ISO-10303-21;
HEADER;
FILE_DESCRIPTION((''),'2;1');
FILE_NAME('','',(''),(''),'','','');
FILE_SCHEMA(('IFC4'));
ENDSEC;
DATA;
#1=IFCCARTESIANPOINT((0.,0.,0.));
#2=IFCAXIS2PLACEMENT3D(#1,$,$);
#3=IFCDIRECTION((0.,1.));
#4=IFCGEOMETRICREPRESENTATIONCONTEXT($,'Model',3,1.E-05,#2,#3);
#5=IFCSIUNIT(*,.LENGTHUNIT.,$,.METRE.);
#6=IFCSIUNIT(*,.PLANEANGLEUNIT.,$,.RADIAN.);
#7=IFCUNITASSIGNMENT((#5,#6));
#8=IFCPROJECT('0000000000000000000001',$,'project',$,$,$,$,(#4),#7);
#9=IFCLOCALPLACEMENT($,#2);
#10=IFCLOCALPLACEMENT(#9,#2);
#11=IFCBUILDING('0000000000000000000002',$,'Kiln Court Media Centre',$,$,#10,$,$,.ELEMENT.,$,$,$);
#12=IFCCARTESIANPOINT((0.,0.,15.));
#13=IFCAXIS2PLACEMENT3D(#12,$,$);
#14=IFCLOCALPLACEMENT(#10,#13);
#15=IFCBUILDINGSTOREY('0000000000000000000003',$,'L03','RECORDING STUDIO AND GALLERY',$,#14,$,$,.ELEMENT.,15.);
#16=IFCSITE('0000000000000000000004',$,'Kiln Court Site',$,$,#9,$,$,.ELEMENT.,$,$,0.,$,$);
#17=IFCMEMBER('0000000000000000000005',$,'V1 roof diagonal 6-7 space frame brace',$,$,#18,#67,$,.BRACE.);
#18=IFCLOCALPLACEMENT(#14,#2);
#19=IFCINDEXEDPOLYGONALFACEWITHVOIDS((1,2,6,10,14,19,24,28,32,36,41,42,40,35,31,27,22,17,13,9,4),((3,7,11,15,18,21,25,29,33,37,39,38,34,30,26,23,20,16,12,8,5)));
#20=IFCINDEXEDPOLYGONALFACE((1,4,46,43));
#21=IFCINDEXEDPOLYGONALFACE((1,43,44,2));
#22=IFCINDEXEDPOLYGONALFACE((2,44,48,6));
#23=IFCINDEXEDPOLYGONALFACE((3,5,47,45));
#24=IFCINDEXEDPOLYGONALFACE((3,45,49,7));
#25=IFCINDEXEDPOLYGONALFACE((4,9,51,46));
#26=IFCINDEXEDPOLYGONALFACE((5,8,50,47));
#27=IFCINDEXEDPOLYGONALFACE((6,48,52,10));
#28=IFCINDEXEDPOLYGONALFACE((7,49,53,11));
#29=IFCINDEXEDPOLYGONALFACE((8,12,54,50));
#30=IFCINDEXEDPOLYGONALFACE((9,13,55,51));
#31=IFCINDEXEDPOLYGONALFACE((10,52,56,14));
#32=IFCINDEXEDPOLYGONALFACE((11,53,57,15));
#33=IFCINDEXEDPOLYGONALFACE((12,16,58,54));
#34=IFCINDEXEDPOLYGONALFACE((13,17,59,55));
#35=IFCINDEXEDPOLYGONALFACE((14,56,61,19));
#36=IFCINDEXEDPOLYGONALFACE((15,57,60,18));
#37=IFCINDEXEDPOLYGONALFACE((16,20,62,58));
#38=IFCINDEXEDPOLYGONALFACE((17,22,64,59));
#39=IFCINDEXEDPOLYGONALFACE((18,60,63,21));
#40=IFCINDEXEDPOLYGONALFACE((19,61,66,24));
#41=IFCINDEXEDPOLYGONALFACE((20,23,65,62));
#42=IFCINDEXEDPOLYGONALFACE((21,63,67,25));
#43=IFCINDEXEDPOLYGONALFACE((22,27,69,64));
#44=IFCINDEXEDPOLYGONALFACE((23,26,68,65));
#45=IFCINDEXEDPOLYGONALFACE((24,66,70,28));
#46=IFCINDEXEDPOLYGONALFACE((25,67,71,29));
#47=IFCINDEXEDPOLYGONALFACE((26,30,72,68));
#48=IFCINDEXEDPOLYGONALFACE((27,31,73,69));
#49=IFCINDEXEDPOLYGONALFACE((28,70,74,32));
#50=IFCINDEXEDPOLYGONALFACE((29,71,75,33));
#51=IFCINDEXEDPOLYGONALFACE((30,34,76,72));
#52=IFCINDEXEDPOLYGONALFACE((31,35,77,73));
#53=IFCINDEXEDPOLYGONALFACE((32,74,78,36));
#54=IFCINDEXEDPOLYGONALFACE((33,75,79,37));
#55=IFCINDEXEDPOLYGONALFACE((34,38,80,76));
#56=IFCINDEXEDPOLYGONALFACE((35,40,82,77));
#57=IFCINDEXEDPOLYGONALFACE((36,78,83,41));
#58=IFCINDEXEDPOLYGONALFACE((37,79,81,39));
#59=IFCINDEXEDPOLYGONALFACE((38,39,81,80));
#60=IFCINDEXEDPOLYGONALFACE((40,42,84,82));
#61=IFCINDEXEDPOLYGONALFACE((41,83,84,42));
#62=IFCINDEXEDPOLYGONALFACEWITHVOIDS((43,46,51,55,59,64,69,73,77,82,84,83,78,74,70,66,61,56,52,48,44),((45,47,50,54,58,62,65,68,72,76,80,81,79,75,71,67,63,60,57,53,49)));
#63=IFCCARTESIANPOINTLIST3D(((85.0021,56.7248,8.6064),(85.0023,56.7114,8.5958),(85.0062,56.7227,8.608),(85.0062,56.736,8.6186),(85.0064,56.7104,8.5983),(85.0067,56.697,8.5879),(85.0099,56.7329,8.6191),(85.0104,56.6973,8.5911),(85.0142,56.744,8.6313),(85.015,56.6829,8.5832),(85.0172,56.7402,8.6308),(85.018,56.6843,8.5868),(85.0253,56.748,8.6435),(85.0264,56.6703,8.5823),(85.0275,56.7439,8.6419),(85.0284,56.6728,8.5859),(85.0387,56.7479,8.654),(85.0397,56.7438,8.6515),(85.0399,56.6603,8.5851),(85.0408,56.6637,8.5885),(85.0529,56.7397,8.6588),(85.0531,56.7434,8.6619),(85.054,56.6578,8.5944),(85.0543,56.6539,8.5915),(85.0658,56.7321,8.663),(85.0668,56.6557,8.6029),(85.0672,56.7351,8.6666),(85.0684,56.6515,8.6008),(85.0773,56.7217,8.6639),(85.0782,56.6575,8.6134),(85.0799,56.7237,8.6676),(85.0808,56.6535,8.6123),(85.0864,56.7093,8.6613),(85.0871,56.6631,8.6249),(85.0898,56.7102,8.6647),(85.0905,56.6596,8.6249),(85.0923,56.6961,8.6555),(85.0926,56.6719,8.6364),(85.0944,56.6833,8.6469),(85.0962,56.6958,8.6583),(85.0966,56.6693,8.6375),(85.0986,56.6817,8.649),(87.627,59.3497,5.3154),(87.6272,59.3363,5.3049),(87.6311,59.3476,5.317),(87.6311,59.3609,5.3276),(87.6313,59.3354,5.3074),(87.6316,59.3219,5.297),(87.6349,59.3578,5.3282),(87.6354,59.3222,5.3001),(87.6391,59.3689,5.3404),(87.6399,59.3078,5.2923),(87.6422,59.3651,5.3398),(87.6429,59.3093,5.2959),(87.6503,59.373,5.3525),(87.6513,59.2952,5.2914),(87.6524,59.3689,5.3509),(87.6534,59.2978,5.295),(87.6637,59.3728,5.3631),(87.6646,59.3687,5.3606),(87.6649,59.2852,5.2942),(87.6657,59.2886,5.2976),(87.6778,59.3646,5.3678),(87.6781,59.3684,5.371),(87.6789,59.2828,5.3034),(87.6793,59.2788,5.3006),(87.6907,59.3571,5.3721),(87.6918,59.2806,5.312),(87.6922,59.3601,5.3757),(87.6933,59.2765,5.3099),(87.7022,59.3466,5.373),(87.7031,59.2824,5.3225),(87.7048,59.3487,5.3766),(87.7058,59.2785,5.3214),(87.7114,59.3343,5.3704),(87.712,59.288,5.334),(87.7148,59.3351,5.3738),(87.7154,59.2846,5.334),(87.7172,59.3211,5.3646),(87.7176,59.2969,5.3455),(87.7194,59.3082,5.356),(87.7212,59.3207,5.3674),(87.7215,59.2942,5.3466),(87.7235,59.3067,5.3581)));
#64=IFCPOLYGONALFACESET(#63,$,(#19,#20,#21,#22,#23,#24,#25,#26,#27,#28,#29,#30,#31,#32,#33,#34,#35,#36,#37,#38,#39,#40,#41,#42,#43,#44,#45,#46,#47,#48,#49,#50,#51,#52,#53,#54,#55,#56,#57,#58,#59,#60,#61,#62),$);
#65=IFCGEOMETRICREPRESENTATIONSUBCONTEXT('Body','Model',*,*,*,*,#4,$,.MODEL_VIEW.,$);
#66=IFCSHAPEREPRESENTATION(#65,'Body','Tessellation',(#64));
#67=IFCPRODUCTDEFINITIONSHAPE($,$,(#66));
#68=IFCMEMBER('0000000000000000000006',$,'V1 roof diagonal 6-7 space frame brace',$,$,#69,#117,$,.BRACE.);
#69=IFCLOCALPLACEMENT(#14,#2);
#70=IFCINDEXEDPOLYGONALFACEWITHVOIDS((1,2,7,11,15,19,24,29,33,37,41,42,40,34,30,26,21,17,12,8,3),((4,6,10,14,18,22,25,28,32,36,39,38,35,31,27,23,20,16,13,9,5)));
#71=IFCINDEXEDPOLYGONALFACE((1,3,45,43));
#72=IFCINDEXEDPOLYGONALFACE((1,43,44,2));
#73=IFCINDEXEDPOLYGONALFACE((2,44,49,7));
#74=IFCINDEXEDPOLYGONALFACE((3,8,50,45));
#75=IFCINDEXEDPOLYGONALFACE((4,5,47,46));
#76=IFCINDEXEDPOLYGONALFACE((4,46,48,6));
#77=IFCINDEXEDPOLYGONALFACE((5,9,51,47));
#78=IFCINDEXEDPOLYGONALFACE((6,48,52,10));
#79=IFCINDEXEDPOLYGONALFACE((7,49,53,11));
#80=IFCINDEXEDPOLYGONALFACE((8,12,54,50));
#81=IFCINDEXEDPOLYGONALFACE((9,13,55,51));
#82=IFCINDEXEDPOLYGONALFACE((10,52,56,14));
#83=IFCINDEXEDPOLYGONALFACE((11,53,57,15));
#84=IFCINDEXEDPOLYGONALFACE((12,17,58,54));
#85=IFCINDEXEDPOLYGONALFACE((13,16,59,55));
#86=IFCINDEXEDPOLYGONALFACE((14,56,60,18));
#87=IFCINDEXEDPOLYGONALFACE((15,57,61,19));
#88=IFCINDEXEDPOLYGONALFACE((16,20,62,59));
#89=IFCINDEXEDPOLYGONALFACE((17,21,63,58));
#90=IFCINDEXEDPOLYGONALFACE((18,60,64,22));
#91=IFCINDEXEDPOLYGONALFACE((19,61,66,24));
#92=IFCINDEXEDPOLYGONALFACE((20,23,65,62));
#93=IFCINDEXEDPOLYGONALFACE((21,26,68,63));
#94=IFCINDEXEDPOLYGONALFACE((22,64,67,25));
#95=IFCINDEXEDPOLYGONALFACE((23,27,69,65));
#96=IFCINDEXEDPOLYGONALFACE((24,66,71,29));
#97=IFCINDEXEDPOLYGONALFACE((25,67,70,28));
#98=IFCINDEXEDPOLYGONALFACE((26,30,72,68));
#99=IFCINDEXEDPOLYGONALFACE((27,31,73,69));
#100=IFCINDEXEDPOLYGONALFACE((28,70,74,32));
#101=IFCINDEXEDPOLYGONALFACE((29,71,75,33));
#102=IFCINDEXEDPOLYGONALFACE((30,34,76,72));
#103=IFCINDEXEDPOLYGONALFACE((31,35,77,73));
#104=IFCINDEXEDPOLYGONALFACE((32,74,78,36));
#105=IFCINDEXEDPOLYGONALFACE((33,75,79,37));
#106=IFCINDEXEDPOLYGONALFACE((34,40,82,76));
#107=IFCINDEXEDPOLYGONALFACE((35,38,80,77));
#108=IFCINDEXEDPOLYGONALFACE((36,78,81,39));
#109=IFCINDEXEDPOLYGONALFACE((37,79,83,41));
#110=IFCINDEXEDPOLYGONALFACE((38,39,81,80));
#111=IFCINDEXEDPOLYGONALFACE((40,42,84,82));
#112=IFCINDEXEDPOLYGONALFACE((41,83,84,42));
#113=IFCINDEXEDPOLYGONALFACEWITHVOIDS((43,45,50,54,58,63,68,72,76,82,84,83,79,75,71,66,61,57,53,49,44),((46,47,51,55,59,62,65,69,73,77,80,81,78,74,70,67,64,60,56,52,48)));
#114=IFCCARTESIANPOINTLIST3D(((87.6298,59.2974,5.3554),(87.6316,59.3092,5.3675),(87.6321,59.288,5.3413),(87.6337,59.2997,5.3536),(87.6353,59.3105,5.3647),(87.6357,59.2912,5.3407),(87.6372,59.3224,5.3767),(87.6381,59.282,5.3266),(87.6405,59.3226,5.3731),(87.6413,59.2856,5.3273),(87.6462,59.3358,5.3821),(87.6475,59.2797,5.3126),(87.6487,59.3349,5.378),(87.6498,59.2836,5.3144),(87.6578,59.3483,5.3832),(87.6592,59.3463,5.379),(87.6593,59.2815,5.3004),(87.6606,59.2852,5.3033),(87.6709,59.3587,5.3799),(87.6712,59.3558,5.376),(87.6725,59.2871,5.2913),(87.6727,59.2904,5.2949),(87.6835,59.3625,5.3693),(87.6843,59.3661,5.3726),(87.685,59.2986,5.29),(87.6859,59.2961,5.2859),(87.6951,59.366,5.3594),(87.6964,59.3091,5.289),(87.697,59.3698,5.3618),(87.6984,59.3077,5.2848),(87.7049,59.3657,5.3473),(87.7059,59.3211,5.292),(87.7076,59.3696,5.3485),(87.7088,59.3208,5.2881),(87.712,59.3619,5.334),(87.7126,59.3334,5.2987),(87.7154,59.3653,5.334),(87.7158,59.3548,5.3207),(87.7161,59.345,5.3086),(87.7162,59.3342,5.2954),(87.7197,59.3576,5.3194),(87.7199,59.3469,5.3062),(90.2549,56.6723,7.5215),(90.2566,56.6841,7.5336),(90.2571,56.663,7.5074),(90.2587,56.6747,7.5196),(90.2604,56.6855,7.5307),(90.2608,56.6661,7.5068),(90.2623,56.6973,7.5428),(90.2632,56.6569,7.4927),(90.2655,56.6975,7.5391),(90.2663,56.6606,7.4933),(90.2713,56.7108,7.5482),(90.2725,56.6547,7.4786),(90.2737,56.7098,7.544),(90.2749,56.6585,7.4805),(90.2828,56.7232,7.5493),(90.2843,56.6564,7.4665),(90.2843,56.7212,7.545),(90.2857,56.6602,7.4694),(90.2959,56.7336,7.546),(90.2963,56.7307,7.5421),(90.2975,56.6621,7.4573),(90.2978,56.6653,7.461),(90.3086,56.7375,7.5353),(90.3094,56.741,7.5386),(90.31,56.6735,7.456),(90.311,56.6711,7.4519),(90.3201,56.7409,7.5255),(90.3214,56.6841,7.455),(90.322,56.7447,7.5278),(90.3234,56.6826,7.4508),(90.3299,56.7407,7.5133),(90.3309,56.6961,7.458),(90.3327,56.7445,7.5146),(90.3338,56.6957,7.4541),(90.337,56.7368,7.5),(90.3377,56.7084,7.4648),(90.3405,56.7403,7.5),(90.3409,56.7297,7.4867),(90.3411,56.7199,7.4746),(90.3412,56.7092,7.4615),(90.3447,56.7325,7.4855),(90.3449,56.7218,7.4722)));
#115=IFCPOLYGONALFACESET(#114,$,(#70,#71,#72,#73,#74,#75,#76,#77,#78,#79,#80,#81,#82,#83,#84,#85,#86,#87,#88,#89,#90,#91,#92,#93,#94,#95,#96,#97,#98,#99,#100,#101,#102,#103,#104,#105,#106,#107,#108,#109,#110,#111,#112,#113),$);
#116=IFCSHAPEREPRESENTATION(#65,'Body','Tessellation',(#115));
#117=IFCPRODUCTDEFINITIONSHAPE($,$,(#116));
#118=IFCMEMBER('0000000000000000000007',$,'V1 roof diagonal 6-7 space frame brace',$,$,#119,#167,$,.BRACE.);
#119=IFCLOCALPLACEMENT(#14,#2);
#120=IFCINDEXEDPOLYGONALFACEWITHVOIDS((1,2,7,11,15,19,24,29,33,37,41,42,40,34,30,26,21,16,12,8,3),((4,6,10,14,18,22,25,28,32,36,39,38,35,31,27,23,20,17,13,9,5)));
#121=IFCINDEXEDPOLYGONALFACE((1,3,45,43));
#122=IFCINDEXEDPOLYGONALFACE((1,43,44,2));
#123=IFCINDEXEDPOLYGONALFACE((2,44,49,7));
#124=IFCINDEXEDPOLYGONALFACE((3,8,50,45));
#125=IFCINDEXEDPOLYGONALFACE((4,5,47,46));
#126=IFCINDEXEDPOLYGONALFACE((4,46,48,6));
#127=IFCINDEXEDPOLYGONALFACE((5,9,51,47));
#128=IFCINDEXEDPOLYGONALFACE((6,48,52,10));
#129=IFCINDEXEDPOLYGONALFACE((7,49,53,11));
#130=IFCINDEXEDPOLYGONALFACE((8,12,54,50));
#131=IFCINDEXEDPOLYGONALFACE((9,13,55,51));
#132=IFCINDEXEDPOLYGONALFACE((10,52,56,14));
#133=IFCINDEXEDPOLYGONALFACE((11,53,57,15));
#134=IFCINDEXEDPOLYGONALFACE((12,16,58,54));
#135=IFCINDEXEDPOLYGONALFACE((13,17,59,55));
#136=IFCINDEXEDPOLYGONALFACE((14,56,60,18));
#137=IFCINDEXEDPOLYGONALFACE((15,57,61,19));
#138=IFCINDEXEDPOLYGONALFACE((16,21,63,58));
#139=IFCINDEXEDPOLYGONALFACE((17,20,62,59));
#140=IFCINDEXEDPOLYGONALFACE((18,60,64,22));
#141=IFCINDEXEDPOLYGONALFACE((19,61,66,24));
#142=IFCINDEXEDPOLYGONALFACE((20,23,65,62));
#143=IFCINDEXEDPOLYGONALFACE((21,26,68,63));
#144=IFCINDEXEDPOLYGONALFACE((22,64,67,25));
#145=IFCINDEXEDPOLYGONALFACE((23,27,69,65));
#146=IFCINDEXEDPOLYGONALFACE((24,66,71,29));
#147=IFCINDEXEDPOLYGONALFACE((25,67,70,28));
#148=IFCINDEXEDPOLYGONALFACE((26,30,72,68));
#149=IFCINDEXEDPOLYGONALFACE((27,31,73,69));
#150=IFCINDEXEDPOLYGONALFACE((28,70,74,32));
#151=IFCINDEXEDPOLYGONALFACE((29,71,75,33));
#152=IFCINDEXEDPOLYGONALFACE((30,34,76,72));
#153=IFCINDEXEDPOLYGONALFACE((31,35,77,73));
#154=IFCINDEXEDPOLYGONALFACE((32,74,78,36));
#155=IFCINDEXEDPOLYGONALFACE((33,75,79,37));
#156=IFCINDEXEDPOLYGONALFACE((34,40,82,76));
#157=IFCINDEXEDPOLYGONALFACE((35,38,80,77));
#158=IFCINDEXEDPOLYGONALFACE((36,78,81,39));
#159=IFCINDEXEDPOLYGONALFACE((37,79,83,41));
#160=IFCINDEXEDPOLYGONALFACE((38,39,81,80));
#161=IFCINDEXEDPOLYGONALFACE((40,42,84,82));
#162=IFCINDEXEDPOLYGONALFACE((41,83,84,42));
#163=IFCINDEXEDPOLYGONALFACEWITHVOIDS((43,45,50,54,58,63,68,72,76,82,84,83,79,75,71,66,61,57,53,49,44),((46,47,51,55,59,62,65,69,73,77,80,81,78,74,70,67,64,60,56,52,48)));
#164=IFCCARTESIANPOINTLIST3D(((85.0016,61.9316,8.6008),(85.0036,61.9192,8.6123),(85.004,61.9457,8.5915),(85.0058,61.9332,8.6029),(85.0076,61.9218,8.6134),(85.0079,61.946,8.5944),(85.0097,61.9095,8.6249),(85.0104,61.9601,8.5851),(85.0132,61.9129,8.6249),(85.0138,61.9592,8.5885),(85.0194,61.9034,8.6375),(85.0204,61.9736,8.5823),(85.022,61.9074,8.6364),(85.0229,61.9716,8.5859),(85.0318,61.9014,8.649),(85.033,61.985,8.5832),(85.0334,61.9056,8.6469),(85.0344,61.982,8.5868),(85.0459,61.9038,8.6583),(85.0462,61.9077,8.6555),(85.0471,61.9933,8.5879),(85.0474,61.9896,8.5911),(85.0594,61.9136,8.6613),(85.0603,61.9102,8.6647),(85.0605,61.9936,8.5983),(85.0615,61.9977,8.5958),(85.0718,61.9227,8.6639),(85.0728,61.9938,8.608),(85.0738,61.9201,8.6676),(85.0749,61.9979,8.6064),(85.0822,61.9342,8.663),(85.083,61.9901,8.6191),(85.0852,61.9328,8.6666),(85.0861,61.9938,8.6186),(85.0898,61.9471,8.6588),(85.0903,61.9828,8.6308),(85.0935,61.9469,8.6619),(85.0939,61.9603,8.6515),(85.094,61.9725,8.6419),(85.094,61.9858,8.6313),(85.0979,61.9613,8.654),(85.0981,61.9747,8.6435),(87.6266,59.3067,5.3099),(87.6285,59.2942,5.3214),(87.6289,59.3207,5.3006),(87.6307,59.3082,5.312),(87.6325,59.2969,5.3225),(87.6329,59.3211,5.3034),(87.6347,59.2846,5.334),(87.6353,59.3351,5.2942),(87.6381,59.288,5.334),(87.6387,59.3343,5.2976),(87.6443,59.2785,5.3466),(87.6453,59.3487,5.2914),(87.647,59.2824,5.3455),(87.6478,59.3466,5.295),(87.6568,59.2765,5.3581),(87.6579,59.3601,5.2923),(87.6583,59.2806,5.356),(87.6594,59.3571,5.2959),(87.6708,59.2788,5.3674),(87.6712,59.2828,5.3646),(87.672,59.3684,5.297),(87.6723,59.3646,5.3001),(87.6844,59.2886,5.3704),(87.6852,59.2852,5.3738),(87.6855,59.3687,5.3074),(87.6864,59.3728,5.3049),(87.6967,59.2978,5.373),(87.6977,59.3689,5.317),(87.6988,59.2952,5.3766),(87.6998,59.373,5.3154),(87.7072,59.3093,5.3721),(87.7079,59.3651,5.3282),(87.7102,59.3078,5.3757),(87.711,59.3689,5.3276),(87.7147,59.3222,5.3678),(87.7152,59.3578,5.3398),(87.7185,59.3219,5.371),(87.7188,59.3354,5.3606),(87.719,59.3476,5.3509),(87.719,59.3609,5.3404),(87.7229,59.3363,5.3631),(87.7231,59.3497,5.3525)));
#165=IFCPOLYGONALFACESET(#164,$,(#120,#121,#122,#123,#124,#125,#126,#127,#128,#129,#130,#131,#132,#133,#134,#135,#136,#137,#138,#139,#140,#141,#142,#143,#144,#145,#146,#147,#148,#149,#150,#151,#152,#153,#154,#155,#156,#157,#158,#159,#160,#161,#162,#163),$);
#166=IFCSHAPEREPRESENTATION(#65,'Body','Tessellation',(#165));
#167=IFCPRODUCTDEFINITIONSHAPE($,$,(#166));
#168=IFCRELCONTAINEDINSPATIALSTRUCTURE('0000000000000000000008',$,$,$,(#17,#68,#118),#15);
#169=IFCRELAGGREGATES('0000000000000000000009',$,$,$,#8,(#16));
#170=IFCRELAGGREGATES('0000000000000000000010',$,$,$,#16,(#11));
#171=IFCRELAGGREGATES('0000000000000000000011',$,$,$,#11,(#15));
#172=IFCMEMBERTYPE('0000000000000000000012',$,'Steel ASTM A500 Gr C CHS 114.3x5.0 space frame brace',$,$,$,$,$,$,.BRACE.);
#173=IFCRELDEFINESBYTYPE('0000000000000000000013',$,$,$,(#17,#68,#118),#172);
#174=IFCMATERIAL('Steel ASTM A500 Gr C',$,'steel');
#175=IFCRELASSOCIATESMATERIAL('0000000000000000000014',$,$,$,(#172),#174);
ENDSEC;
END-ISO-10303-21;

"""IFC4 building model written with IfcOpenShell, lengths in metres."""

from ifc_helpers import new_model, si_unit, direction, frame, origin, origin_2d, place, context, subcontext, project, spatial, hollow_circle, extrude, material, material_profile, profile_set, type_object, element, save


model = new_model("IFC4")

# Units and contexts
model_context = context("Model", 3, precision=1e-05, world=origin(), true_north=direction((0.0, 1.0)))
body_context = subcontext(model_context, "Body", "Model", "MODEL_VIEW")
ifc_project = project(units=[si_unit("LENGTHUNIT", "METRE"), si_unit("PLANEANGLEUNIT", "RADIAN")], contexts=[model_context])

# Site, building, storey
site_placement = place(None, origin())
site = spatial("IfcSite", under=ifc_project, at=site_placement, Name="Kiln Court Site", CompositionType="ELEMENT", RefElevation=0.0)
building_placement = place(site_placement, origin())
building = spatial("IfcBuilding", under=site, at=building_placement, Name="Kiln Court Media Centre", CompositionType="ELEMENT")
storey_placement = place(building_placement, frame((0.0, 0.0, 15.0)))
storey = spatial("IfcBuildingStorey", under=building, at=storey_placement, Name="L03", Description="RECORDING STUDIO AND GALLERY", CompositionType="ELEMENT", Elevation=15.0)

# Members
ifc_material_1 = material(Name="Steel ASTM A500 Gr C", Category="steel")
ifc_material_profile_1 = material_profile(ifc_material_1, hollow_circle(Radius=0.0571, WallThickness=0.0049, at=origin_2d()), Name="CHS 114.3x5.0")
ifc_profile_set_1 = profile_set([ifc_material_profile_1], Name="Steel ASTM A500 Gr C")
member_type_1 = type_object("IfcMemberType", Name="Steel ASTM A500 Gr C CHS 114.3x5.0 space frame brace", PredefinedType="BRACE", material=ifc_profile_set_1)
member_1_placement = place(storey_placement, frame((87.675, 59.325, 5.334), z_axis=(-0.529122, -0.529122, 0.663371), x_axis=(0.707107, -0.707107, 0.0)))
element("IfcMember", 1, at=member_1_placement, inside=storey, type_object=member_type_1, Name="V1 roof diagonal 6-7 space frame brace", PredefinedType="BRACE", context=body_context, shape_type="SweptSolid", body=[
    extrude(hollow_circle(Radius=0.0571, WallThickness=0.0049, at=origin_2d()), origin(), (0.0, 0.0, 1.0), 4.9609),
])
member_2_placement = place(storey_placement, frame((87.675, 59.325, 5.334), z_axis=(0.610748, -0.610748, 0.503958), x_axis=(0.707107, 0.707107, 0.0)))
element("IfcMember", 2, at=member_2_placement, inside=storey, type_object=member_type_1, Name="V1 roof diagonal 6-7 space frame brace", PredefinedType="BRACE", context=body_context, shape_type="SweptSolid", body=[
    extrude(hollow_circle(Radius=0.0571, WallThickness=0.0049, at=origin_2d()), origin(), (0.0, 0.0, 1.0), 4.2981),
])
member_3_placement = place(storey_placement, frame((87.675, 59.325, 5.334), z_axis=(-0.529122, 0.529122, 0.663371), x_axis=(-0.707107, -0.707107, 0.0)))
element("IfcMember", 3, at=member_3_placement, inside=storey, type_object=member_type_1, Name="V1 roof diagonal 6-7 space frame brace", PredefinedType="BRACE", context=body_context, shape_type="SweptSolid", body=[
    extrude(hollow_circle(Radius=0.0571, WallThickness=0.0049, at=origin_2d()), origin(), (0.0, 0.0, 1.0), 4.9609),
])

save(model, "model.ifc")
